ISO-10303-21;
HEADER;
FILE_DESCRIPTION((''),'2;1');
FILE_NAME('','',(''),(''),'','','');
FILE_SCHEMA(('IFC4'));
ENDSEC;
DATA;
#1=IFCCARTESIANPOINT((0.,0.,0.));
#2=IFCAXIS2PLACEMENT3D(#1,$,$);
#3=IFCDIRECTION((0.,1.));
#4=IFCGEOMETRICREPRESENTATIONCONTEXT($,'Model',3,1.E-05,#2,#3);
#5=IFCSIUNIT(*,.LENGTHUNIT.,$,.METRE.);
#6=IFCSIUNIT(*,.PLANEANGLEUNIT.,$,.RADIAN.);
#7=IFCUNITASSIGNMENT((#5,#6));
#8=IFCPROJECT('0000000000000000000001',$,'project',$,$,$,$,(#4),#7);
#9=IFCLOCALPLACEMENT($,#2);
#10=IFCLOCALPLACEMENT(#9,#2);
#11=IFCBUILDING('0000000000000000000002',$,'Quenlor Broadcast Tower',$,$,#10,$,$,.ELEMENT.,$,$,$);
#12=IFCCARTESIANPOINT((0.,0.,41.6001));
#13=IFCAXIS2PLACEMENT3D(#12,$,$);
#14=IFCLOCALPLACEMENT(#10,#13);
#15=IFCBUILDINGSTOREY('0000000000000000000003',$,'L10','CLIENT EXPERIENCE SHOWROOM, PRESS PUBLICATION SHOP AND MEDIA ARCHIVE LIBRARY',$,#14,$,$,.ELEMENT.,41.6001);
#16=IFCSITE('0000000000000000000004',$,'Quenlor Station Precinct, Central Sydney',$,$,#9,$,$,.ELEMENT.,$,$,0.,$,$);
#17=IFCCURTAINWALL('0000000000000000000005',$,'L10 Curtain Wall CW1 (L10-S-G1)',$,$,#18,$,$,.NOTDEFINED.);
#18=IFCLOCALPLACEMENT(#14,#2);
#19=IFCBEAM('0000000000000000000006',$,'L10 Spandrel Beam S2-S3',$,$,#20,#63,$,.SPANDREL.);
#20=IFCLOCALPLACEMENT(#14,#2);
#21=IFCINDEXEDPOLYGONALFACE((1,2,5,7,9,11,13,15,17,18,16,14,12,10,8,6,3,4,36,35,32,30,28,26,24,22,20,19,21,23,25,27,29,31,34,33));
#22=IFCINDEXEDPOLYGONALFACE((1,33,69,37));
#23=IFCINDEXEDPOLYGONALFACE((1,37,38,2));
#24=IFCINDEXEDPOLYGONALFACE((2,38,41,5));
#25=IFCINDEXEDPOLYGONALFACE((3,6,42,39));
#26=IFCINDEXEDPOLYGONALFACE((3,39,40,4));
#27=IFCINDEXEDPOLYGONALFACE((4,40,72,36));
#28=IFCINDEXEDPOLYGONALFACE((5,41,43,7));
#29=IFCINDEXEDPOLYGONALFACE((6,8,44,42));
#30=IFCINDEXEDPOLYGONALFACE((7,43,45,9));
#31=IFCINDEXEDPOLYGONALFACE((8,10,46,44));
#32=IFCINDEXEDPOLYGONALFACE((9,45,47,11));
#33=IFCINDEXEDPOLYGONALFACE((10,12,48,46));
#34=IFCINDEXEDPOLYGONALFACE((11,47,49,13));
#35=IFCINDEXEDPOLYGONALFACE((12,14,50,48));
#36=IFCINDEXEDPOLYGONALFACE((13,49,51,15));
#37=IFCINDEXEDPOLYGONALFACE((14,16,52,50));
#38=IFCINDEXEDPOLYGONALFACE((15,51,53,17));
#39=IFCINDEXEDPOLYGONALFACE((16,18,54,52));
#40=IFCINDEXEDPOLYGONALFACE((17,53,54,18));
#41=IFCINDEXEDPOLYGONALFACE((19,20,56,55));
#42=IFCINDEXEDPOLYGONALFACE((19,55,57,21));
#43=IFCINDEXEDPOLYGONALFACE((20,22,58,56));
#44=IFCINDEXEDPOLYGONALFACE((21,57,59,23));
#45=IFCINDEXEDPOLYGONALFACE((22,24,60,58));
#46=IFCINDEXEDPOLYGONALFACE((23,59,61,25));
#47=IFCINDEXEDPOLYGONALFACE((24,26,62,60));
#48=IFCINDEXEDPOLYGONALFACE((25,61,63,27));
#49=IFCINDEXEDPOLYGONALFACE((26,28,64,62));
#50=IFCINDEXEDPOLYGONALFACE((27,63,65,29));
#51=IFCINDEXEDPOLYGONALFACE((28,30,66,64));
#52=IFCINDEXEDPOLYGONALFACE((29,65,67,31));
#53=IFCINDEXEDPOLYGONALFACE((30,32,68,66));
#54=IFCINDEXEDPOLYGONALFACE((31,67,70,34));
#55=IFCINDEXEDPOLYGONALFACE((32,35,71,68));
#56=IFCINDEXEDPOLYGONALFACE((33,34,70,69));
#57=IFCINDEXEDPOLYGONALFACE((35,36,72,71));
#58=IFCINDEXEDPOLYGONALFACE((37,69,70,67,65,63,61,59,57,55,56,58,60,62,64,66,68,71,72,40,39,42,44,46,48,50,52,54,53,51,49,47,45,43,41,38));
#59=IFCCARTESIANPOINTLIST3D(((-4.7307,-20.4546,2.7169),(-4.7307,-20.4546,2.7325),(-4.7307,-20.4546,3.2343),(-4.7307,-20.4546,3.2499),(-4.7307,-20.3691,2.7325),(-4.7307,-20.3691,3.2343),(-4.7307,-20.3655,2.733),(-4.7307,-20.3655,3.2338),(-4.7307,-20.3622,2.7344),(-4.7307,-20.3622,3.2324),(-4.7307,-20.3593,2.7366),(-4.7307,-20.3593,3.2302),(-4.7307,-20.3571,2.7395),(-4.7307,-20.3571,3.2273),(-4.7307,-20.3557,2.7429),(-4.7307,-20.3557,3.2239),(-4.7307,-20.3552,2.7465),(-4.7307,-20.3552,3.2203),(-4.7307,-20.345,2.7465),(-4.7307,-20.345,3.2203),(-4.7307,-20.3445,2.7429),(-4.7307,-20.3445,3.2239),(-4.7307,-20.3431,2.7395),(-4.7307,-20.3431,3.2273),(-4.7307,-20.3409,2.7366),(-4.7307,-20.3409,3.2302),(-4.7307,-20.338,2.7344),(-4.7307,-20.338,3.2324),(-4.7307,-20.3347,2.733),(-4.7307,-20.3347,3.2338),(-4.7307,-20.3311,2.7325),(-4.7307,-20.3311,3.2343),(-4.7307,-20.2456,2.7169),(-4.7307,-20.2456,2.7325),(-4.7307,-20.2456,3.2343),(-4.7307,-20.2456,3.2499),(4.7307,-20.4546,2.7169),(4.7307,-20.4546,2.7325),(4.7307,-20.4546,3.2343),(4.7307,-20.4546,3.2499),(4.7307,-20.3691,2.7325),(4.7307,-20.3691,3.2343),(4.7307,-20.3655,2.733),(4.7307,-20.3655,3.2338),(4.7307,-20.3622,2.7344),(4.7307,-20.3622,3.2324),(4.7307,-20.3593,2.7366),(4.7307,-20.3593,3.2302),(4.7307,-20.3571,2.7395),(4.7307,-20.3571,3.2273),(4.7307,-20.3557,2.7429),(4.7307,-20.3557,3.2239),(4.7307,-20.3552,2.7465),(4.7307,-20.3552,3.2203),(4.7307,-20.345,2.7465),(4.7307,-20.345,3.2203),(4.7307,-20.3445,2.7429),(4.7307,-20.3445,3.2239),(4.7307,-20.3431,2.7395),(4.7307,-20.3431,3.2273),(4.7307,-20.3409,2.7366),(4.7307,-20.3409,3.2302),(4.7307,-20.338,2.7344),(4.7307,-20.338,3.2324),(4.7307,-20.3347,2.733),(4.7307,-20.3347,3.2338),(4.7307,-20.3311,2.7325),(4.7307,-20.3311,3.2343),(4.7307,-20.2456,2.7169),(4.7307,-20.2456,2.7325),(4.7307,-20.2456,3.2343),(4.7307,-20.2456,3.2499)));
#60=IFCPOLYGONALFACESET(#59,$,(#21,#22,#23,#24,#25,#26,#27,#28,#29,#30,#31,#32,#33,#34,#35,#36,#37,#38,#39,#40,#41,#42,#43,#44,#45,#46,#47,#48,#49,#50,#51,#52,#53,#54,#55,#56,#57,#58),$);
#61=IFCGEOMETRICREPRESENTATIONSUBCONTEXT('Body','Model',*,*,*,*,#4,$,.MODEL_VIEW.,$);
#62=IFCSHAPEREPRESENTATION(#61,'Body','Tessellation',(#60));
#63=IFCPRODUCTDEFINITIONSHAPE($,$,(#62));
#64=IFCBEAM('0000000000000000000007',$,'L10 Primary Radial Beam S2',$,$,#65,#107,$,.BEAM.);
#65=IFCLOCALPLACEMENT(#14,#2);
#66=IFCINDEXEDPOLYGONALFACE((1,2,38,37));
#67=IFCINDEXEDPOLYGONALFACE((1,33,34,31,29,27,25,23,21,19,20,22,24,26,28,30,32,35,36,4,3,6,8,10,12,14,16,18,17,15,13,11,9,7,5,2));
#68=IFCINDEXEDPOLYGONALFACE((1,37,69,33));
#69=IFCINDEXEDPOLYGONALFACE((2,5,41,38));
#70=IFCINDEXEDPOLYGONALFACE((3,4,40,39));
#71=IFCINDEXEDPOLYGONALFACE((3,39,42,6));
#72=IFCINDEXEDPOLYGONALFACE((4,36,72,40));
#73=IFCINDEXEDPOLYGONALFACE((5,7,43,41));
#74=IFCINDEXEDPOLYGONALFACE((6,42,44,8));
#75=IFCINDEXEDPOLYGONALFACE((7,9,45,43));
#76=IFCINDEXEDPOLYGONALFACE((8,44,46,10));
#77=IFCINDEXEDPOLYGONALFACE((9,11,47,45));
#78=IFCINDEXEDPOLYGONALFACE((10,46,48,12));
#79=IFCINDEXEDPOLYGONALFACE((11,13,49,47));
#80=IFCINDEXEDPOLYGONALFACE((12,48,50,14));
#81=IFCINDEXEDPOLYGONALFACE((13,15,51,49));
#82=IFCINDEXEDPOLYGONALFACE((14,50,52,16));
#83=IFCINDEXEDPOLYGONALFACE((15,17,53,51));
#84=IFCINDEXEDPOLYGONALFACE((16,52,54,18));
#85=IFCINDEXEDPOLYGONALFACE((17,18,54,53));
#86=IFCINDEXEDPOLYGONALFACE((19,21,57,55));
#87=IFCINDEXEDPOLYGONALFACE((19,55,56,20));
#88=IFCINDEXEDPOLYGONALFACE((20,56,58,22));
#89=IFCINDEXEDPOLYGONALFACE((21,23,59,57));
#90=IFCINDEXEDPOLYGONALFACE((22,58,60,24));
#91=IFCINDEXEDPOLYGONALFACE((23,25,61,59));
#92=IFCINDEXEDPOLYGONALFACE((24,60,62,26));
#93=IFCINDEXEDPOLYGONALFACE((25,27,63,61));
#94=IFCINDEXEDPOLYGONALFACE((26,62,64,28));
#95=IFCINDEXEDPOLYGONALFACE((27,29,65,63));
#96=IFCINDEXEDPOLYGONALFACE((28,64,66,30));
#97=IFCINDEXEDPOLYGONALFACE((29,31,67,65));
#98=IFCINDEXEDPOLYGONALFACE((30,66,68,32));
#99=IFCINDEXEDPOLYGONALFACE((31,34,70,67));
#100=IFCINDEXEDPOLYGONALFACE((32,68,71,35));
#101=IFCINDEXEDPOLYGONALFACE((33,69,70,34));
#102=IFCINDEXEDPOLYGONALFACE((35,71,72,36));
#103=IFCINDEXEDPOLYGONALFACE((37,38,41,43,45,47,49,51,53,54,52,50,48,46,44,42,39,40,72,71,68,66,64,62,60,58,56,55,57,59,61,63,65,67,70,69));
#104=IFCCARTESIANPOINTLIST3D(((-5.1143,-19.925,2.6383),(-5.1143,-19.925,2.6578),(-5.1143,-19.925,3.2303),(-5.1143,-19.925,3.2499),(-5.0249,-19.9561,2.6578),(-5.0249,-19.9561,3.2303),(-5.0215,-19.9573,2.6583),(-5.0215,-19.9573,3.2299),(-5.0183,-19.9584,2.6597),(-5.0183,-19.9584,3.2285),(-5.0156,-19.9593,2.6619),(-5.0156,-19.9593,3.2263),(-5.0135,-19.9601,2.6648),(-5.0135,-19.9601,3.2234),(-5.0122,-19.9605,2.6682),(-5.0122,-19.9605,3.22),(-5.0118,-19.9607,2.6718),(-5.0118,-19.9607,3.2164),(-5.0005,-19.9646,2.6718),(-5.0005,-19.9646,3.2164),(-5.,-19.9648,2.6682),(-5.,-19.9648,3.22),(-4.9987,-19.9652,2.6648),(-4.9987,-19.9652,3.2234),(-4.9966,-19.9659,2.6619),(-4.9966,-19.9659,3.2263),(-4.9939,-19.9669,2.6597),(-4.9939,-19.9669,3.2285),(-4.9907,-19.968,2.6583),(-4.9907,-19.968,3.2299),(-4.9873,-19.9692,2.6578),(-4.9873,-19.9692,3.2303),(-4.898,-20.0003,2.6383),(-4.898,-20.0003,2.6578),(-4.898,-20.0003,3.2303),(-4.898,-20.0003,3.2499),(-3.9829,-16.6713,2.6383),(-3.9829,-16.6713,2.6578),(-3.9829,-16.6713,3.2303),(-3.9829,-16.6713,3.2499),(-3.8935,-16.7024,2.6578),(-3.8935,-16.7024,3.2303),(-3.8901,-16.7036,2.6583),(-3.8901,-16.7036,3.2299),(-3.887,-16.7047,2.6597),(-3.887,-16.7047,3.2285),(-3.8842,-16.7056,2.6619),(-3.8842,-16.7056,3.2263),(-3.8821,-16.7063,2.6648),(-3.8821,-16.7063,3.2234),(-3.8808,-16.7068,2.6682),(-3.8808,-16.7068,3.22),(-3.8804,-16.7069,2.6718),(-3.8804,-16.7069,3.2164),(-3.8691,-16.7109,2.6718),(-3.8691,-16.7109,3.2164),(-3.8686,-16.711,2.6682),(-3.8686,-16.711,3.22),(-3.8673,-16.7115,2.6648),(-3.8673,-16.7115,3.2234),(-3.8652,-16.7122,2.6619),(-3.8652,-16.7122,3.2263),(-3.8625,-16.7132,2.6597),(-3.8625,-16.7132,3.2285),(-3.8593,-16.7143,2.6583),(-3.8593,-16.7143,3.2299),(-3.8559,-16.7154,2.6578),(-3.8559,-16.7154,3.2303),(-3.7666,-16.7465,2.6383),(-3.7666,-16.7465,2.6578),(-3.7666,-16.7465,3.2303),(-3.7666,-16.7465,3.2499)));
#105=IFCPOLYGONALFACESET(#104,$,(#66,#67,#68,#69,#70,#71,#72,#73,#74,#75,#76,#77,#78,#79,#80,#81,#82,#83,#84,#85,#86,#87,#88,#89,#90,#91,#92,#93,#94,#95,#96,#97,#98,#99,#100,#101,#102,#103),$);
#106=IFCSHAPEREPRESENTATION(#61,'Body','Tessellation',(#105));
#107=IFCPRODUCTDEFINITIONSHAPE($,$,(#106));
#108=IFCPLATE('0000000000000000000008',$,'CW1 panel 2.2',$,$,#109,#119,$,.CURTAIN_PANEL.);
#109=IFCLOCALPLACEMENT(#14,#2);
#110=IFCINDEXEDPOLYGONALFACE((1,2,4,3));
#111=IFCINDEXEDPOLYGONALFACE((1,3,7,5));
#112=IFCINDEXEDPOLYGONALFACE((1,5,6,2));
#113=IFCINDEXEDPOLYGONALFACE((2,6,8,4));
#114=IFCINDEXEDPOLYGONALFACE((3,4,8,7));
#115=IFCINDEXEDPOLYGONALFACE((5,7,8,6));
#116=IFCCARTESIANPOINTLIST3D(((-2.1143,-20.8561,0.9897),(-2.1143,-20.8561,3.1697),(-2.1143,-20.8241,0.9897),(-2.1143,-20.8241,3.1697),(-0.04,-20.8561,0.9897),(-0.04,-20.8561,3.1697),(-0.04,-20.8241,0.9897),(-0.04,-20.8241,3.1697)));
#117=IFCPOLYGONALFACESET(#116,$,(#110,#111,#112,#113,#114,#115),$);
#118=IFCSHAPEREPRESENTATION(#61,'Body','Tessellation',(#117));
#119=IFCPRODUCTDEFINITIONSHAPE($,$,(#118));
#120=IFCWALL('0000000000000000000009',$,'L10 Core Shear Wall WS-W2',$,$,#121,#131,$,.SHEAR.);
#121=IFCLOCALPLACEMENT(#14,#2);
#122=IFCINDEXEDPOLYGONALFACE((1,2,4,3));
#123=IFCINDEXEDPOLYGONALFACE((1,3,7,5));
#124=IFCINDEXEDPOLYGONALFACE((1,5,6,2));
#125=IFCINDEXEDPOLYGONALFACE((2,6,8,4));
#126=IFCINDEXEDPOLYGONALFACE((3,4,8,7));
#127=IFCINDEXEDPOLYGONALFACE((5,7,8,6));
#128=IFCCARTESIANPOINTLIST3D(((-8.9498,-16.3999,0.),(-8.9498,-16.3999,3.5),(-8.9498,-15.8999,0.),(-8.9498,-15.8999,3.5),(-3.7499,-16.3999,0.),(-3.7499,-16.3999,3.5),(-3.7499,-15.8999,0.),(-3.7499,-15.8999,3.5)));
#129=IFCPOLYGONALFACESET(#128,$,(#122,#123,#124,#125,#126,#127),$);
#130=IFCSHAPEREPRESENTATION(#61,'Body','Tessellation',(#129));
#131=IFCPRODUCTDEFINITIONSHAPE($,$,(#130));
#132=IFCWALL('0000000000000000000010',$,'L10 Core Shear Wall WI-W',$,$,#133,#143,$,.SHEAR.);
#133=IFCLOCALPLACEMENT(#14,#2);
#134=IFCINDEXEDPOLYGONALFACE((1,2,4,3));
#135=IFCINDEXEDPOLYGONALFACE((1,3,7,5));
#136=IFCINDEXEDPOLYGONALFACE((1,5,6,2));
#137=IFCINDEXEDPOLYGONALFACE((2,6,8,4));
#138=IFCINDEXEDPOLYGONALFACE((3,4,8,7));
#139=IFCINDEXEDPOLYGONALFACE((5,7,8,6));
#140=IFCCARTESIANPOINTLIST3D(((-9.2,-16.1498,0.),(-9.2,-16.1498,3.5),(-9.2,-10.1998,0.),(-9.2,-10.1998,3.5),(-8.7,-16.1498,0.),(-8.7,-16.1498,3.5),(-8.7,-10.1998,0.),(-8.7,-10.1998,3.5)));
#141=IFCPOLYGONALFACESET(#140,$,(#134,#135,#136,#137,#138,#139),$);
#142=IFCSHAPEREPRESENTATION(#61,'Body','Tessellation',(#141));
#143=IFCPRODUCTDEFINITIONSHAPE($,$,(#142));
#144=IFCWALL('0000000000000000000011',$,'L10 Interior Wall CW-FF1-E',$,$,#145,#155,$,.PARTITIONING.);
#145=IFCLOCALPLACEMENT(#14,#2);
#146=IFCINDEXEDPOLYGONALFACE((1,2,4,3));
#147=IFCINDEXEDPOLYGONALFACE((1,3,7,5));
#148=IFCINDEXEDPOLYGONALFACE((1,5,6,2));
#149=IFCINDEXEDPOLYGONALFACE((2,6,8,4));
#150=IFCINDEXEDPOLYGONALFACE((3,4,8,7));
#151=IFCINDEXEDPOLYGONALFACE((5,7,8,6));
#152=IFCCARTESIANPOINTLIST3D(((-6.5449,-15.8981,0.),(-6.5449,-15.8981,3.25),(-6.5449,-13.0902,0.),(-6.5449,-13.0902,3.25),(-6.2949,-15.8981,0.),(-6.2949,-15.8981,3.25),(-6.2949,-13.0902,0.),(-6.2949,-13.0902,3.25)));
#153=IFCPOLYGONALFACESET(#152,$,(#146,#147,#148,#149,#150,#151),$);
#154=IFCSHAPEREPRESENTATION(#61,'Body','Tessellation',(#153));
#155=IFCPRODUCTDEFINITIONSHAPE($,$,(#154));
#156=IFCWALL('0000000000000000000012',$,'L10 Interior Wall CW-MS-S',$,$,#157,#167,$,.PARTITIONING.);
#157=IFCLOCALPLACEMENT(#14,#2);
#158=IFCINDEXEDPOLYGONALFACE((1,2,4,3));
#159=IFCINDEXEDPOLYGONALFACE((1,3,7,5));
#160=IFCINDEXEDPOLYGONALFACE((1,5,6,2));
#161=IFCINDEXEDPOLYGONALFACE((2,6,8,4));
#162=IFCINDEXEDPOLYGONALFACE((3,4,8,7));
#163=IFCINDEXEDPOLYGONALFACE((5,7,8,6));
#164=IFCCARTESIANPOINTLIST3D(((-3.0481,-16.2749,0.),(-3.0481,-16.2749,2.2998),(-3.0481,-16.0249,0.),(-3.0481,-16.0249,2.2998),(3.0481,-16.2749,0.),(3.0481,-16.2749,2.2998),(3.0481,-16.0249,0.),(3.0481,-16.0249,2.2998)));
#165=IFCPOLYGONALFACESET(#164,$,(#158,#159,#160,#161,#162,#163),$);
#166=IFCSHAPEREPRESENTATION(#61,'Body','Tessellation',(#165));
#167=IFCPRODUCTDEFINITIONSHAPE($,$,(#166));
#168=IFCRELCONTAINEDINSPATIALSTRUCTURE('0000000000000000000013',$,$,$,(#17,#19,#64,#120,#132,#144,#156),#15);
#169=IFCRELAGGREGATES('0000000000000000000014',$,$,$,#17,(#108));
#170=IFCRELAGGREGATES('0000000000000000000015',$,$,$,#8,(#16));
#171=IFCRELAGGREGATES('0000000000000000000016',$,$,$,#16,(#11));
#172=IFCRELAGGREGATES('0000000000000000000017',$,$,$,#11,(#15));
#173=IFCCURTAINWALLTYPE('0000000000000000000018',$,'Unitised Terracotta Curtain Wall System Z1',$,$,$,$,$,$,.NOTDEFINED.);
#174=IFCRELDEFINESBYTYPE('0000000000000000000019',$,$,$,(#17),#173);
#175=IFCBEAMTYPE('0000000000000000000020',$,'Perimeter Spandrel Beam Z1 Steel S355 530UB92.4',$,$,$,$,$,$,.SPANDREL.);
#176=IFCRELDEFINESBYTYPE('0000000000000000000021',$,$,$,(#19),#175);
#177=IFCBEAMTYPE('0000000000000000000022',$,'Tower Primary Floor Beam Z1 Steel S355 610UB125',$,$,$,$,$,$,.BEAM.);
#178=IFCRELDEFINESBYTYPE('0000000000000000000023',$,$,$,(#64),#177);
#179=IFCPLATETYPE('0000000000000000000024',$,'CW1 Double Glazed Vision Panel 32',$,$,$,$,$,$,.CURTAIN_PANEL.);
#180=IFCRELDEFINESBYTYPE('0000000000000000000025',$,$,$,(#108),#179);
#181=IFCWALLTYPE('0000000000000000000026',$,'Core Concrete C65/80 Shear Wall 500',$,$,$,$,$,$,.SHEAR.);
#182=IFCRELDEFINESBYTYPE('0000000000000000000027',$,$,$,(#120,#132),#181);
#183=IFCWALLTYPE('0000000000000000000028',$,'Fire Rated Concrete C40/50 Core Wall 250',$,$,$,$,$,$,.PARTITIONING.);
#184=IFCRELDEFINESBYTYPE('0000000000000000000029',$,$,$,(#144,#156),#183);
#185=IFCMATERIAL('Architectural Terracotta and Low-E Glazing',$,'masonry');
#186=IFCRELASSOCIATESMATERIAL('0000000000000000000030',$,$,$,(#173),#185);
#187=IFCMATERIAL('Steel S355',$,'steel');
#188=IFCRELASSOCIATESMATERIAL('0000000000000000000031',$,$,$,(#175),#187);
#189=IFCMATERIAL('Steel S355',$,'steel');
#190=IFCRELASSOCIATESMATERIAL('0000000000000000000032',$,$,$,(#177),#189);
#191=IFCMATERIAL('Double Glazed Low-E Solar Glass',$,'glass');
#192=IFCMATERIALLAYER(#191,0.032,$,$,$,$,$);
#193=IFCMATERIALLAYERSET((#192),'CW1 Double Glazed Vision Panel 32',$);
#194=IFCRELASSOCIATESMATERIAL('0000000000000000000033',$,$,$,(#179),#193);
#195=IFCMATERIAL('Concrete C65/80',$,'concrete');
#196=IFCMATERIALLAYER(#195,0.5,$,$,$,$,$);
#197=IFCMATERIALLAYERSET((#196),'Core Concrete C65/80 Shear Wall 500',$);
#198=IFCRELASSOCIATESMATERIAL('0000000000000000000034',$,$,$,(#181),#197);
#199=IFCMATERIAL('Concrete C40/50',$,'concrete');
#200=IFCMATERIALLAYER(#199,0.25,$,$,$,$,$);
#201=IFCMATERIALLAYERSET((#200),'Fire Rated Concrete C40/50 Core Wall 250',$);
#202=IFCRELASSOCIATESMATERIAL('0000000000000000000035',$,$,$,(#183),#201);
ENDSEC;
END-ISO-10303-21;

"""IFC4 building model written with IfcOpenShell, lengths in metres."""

from ifc_helpers import new_model, si_unit, direction, frame, frame_2d, origin, origin_2d, place, context, subcontext, project, spatial, rectangle, i_section, extrude, material, layer, layer_set, material_profile, profile_set, type_object, element, aggregate, save


model = new_model("IFC4")

# Units and contexts
model_context = context("Model", 3, precision=1e-05, world=origin(), true_north=direction((0.0, 1.0)))
body_context = subcontext(model_context, "Body", "Model", "MODEL_VIEW")
ifc_project = project(units=[si_unit("LENGTHUNIT", "METRE"), si_unit("PLANEANGLEUNIT", "RADIAN")], contexts=[model_context])

# Site, building, storey
site_placement = place(None, origin())
site = spatial("IfcSite", under=ifc_project, at=site_placement, Name="Quenlor Station Precinct, Central Sydney", CompositionType="ELEMENT", RefElevation=0.0)
building_placement = place(site_placement, origin())
building = spatial("IfcBuilding", under=site, at=building_placement, Name="Quenlor Broadcast Tower", CompositionType="ELEMENT")
storey_placement = place(building_placement, frame((0.0, 0.0, 41.6001)))
storey = spatial("IfcBuildingStorey", under=building, at=storey_placement, Name="L10", Description="CLIENT EXPERIENCE SHOWROOM, PRESS PUBLICATION SHOP AND MEDIA ARCHIVE LIBRARY", CompositionType="ELEMENT", Elevation=41.6001)

# Curtain wall
ifc_material_1 = material(Name="Architectural Terracotta and Low-E Glazing", Category="masonry")
curtain_wall_type = type_object("IfcCurtainWallType", Name="Unitised Terracotta Curtain Wall System Z1", PredefinedType="NOTDEFINED", material=ifc_material_1)
curtain_wall_placement = place(storey_placement, origin())
curtain_wall = element("IfcCurtainWall", 1, at=curtain_wall_placement, inside=storey, type_object=curtain_wall_type, Name="L10 Curtain Wall CW1 (L10-S-G1)", PredefinedType="NOTDEFINED")

# Beams
ifc_material_2 = material(Name="Steel S355", Category="steel")
ifc_material_profile_1 = material_profile(ifc_material_2, i_section(OverallWidth=0.209, OverallDepth=0.533, WebThickness=0.0103, FlangeThickness=0.0156, FilletRadius=0.0139, at=origin_2d()))
ifc_profile_set_1 = profile_set([ifc_material_profile_1], Name="Steel S355 530UB92.4")
beam_type_1 = type_object("IfcBeamType", Name="Perimeter Spandrel Beam Z1 Steel S355 530UB92.4", PredefinedType="SPANDREL", material=ifc_profile_set_1)
beam_1_placement = place(storey_placement, frame((-4.7307, -20.3501, 2.9834), z_axis=(1.0, 0.0, 0.0), x_axis=(0.0, 1.0, 0.0)))
element("IfcBeam", 2, at=beam_1_placement, inside=storey, type_object=beam_type_1, Name="L10 Spandrel Beam S2-S3", PredefinedType="SPANDREL", context=body_context, shape_type="SweptSolid", body=[
    extrude(i_section(OverallWidth=0.209, OverallDepth=0.533, WebThickness=0.0103, FlangeThickness=0.0156, FilletRadius=0.0139, at=origin_2d()), origin(), (0.0, 0.0, 1.0), 9.4614),
])
ifc_material_3 = material(Name="Steel S355", Category="steel")
ifc_material_profile_2 = material_profile(ifc_material_3, i_section(OverallWidth=0.229, OverallDepth=0.6116, WebThickness=0.012, FlangeThickness=0.0195, FilletRadius=0.0139, at=origin_2d()))
ifc_profile_set_2 = profile_set([ifc_material_profile_2], Name="Steel S355 610UB125")
beam_type_2 = type_object("IfcBeamType", Name="Tower Primary Floor Beam Z1 Steel S355 610UB125", PredefinedType="BEAM", material=ifc_profile_set_2)
beam_2_placement = place(storey_placement, frame((-5.0061, -19.9626, 2.9441), z_axis=(0.328427, 0.944529, 0.0), x_axis=(-0.944529, 0.328427, 0.0)))
element("IfcBeam", 3, at=beam_2_placement, inside=storey, type_object=beam_type_2, Name="L10 Primary Radial Beam S2", PredefinedType="BEAM", context=body_context, shape_type="SweptSolid", body=[
    extrude(i_section(OverallWidth=0.229, OverallDepth=0.6116, WebThickness=0.012, FlangeThickness=0.0195, FilletRadius=0.0139, at=origin_2d()), origin(), (0.0, 0.0, 1.0), 3.4448),
])

# Plate
ifc_material_4 = material(Name="Double Glazed Low-E Solar Glass", Category="glass")
ifc_layer_1 = layer(ifc_material_4, 0.032)
ifc_layer_set_1 = layer_set([ifc_layer_1], Name="CW1 Double Glazed Vision Panel 32")
plate_type = type_object("IfcPlateType", Name="CW1 Double Glazed Vision Panel 32", PredefinedType="CURTAIN_PANEL", material=ifc_layer_set_1)
plate_placement = place(storey_placement, frame((-1.0771, -20.8401, 0.9897), z_axis=(0.0, 0.0, 1.0), x_axis=(-1.0, 0.0, 0.0)))
plate = element("IfcPlate", 4, at=plate_placement, type_object=plate_type, Name="CW1 panel 2.2", PredefinedType="CURTAIN_PANEL", context=body_context, shape_type="SweptSolid", body=[
    extrude(rectangle(XDim=2.0742, YDim=0.032, at=origin_2d()), origin(), (0.0, 0.0, 1.0), 2.1799),
])
aggregate(curtain_wall, [plate])

# Walls
ifc_material_5 = material(Name="Concrete C65/80", Category="concrete")
ifc_layer_2 = layer(ifc_material_5, 0.5)
ifc_layer_set_2 = layer_set([ifc_layer_2], Name="Core Concrete C65/80 Shear Wall 500")
wall_type_1 = type_object("IfcWallType", Name="Core Concrete C65/80 Shear Wall 500", PredefinedType="SHEAR", material=ifc_layer_set_2)
wall_1_placement = place(storey_placement, frame((-8.95, -16.1499, 0.0), z_axis=(0.0, 0.0, 1.0), x_axis=(1.0, 0.0, 0.0)))
element("IfcWall", 5, at=wall_1_placement, inside=storey, type_object=wall_type_1, Name="L10 Core Shear Wall WS-W2", PredefinedType="SHEAR", context=body_context, shape_type="SweptSolid", body=[
    extrude(rectangle(XDim=5.2, YDim=0.5, at=frame_2d((2.6001, 0.0))), origin(), (0.0, 0.0, 1.0), 3.5),
])
wall_2_placement = place(storey_placement, frame((-8.95, -16.1499, 0.0), z_axis=(0.0, 0.0, 1.0), x_axis=(0.0, 1.0, 0.0)))
element("IfcWall", 6, at=wall_2_placement, inside=storey, type_object=wall_type_1, Name="L10 Core Shear Wall WI-W", PredefinedType="SHEAR", context=body_context, shape_type="SweptSolid", body=[
    extrude(rectangle(XDim=5.95, YDim=0.5, at=frame_2d((2.9751, 0.0))), origin(), (0.0, 0.0, 1.0), 3.5),
])
ifc_material_6 = material(Name="Concrete C40/50", Category="concrete")
ifc_layer_3 = layer(ifc_material_6, 0.25)
ifc_layer_set_3 = layer_set([ifc_layer_3], Name="Fire Rated Concrete C40/50 Core Wall 250")
wall_type_2 = type_object("IfcWallType", Name="Fire Rated Concrete C40/50 Core Wall 250", PredefinedType="PARTITIONING", material=ifc_layer_set_3)
wall_3_placement = place(storey_placement, frame((-6.4199, -15.8979, 0.0), z_axis=(0.0, 0.0, 1.0), x_axis=(0.0, 1.0, 0.0)))
element("IfcWall", 7, at=wall_3_placement, inside=storey, type_object=wall_type_2, Name="L10 Interior Wall CW-FF1-E", PredefinedType="PARTITIONING", context=body_context, shape_type="SweptSolid", body=[
    extrude(rectangle(XDim=2.8079, YDim=0.25, at=frame_2d((1.4038, 0.0))), origin(), (0.0, 0.0, 1.0), 3.25),
])
wall_4_placement = place(storey_placement, frame((-3.0481, -16.1499, 0.0), z_axis=(0.0, 0.0, 1.0), x_axis=(1.0, 0.0, 0.0)))
element("IfcWall", 8, at=wall_4_placement, inside=storey, type_object=wall_type_2, Name="L10 Interior Wall CW-MS-S", PredefinedType="PARTITIONING", context=body_context, shape_type="SweptSolid", body=[
    extrude(rectangle(XDim=6.0962, YDim=0.25, at=frame_2d((3.0481, 0.0))), origin(), (0.0, 0.0, 1.0), 2.2998),
])

save(model, "model.ifc")
